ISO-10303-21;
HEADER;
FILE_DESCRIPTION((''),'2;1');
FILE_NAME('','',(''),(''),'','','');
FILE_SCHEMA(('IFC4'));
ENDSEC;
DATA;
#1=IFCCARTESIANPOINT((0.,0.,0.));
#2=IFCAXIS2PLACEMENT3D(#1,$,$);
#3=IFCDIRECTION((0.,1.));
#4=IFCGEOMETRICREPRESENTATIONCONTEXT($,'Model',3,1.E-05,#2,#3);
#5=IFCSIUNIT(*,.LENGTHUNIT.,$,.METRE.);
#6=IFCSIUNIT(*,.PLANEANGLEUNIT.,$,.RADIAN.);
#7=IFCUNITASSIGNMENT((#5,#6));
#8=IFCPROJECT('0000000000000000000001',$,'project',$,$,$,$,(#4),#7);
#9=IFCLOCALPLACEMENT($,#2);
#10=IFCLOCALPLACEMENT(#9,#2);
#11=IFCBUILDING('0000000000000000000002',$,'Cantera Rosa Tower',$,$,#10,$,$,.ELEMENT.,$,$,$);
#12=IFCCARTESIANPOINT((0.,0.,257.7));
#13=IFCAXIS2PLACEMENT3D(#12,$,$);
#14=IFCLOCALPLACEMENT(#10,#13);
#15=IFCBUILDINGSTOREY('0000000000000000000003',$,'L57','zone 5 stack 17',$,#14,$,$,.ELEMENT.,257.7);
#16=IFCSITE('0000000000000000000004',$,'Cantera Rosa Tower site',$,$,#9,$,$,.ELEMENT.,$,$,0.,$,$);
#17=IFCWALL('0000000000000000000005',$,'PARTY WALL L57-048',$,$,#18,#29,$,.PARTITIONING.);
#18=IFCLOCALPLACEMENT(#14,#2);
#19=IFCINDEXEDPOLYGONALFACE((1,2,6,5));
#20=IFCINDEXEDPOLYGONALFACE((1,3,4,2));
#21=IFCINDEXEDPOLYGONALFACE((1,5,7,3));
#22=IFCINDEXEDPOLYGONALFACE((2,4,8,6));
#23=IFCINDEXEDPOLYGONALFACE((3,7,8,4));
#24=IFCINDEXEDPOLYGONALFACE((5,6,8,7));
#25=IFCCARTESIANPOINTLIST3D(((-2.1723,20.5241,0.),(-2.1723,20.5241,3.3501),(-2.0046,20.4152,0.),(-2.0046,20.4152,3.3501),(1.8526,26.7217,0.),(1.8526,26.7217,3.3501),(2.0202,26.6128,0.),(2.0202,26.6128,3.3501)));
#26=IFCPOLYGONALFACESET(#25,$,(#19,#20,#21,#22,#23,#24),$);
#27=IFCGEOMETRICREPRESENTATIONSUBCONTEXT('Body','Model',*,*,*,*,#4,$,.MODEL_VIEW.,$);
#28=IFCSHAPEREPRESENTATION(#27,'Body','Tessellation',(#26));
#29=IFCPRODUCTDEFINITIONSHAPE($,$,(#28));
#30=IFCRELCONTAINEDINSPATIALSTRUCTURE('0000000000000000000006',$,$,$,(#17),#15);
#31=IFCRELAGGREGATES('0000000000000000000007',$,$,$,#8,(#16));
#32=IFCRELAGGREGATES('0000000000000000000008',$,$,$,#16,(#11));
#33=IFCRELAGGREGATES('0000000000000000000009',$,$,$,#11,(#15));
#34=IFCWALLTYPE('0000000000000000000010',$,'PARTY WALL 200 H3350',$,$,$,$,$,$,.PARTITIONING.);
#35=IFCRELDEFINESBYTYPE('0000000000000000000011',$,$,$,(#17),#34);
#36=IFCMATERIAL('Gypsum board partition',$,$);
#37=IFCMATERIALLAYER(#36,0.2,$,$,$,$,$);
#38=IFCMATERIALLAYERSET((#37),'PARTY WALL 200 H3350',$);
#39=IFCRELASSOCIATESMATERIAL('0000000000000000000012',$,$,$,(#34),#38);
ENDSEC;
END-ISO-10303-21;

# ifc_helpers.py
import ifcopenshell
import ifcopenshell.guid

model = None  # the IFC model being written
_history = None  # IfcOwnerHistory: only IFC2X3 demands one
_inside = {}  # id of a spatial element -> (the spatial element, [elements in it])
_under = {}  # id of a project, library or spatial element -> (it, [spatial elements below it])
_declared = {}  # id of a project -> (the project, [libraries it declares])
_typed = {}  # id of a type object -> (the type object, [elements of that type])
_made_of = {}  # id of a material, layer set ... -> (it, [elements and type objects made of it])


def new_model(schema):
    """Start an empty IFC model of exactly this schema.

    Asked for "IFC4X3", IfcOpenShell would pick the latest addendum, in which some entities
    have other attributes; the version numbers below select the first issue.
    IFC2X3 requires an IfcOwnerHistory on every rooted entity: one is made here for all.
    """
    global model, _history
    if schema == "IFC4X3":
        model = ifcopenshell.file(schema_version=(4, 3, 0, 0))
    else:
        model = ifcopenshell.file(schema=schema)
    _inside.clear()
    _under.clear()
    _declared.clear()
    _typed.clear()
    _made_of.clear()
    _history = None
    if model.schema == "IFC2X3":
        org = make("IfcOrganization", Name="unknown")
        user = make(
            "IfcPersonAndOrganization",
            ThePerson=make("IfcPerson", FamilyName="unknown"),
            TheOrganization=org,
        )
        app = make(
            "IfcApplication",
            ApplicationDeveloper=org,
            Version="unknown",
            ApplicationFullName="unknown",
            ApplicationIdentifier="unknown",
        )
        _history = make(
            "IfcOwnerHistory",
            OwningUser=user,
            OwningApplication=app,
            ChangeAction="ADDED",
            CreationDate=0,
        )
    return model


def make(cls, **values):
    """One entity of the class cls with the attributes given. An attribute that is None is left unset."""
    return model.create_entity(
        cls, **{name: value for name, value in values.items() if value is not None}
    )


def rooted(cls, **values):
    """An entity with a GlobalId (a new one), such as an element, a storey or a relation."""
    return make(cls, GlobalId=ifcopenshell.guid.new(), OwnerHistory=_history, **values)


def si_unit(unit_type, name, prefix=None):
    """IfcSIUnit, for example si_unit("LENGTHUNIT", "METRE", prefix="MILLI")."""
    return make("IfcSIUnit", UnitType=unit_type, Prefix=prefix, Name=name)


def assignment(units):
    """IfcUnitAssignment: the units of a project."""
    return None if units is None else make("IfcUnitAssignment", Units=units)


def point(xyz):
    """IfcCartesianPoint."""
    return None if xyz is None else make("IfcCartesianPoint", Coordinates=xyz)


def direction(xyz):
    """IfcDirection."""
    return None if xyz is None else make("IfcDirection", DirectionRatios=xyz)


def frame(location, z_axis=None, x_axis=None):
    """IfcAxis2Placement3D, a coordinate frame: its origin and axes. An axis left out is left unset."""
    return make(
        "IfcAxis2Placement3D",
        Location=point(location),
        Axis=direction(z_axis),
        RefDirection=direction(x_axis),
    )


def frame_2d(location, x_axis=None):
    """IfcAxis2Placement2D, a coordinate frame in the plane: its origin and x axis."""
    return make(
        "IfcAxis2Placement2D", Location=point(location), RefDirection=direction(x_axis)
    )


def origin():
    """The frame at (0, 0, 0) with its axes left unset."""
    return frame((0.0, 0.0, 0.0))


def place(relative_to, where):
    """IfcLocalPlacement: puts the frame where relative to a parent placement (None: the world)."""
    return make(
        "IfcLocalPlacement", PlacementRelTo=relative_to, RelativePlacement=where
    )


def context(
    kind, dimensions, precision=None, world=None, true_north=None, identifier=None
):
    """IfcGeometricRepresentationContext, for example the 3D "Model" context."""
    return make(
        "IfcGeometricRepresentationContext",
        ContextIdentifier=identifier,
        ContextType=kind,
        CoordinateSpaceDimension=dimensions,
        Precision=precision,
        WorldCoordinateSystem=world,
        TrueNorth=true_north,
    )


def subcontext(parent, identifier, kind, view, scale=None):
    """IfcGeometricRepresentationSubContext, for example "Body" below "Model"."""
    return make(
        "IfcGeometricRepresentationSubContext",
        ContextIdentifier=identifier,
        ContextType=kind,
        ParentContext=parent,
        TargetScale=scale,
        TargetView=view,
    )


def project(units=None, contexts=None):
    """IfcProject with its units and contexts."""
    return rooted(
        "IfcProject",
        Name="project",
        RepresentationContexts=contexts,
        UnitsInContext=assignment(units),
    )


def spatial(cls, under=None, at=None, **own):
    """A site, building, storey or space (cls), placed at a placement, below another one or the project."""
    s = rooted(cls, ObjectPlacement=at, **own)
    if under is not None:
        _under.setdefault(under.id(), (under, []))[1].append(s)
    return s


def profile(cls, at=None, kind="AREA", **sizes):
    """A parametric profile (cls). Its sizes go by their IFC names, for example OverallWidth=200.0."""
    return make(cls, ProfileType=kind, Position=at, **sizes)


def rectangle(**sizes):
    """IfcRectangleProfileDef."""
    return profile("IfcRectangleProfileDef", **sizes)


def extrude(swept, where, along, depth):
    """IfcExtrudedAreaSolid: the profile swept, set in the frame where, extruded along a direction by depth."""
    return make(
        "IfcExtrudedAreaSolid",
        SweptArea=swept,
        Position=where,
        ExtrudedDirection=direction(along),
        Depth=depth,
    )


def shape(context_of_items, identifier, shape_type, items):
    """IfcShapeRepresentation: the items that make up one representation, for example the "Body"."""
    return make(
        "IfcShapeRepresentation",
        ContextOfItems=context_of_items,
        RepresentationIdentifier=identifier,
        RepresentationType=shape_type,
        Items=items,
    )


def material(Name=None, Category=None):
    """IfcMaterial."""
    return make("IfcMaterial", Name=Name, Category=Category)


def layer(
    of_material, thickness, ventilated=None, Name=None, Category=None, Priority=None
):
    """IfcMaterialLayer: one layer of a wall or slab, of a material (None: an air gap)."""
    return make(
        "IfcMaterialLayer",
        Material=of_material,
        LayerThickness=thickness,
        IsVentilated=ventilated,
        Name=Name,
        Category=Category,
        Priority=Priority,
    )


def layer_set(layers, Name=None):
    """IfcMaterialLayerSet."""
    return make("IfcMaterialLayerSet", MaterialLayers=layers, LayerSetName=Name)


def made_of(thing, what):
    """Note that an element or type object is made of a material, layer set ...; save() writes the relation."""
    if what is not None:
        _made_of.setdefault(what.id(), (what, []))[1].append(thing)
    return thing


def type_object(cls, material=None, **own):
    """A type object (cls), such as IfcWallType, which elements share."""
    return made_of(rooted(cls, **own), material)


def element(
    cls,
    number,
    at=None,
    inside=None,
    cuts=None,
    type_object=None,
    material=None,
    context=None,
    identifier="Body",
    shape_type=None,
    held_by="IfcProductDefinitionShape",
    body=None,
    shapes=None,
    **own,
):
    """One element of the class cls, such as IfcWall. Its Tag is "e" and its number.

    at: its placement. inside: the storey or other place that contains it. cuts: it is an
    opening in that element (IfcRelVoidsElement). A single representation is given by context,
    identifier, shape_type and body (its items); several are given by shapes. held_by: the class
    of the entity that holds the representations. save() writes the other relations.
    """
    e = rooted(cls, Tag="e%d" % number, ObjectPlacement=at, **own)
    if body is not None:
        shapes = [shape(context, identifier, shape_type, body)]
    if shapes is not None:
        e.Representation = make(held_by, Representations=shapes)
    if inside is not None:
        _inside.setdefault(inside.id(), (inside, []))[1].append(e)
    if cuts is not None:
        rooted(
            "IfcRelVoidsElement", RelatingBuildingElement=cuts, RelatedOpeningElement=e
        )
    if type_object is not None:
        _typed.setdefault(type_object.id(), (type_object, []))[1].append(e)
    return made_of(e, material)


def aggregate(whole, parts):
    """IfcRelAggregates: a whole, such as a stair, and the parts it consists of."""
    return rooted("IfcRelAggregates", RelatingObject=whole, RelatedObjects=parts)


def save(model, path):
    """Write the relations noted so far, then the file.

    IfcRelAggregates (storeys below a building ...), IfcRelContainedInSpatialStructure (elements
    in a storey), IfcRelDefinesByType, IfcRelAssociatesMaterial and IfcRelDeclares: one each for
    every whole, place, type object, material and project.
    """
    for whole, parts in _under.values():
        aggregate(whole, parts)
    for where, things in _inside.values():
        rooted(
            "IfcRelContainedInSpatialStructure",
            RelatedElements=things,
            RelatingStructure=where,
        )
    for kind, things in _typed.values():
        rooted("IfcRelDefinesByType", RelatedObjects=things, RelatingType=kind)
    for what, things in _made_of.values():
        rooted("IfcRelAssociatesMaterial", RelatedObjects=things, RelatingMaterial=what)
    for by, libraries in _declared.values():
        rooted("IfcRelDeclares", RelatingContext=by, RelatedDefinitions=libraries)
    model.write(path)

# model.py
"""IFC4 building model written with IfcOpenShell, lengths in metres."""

from ifc_helpers import new_model, si_unit, direction, frame, frame_2d, origin, place, context, subcontext, project, spatial, rectangle, extrude, material, layer, layer_set, type_object, element, save


model = new_model("IFC4")

# Units and contexts
model_context = context("Model", 3, precision=1e-05, world=origin(), true_north=direction((0.0, 1.0)))
body_context = subcontext(model_context, "Body", "Model", "MODEL_VIEW")
ifc_project = project(units=[si_unit("LENGTHUNIT", "METRE"), si_unit("PLANEANGLEUNIT", "RADIAN")], contexts=[model_context])

# Site, building, storey
site_placement = place(None, origin())
site = spatial("IfcSite", under=ifc_project, at=site_placement, Name="Cantera Rosa Tower site", CompositionType="ELEMENT", RefElevation=0.0)
building_placement = place(site_placement, origin())
building = spatial("IfcBuilding", under=site, at=building_placement, Name="Cantera Rosa Tower", CompositionType="ELEMENT")
storey_placement = place(building_placement, frame((0.0, 0.0, 257.7)))
storey = spatial("IfcBuildingStorey", under=building, at=storey_placement, Name="L57", Description="zone 5 stack 17", CompositionType="ELEMENT", Elevation=257.7)

# Wall
ifc_material_1 = material(Name="Gypsum board partition")
ifc_layer_1 = layer(ifc_material_1, 0.2)
ifc_layer_set_1 = layer_set([ifc_layer_1], Name="PARTY WALL 200 H3350")
wall_type_1 = type_object("IfcWallType", Name="PARTY WALL 200 H3350", PredefinedType="PARTITIONING", material=ifc_layer_set_1)
wall_1_placement = place(storey_placement, frame((-2.0884, 20.4697, 0.0), z_axis=(0.0, 0.0, 1.0), x_axis=(0.544642, 0.838668, 0.0)))
element("IfcWall", 1, at=wall_1_placement, inside=storey, type_object=wall_type_1, Name="PARTY WALL L57-048", PredefinedType="PARTITIONING", context=body_context, shape_type="SweptSolid", body=[
    extrude(rectangle(XDim=7.3899, YDim=0.2, at=frame_2d((3.6948, 0.0))), origin(), (0.0, 0.0, 1.0), 3.3501),
])

save(model, "model.ifc")
